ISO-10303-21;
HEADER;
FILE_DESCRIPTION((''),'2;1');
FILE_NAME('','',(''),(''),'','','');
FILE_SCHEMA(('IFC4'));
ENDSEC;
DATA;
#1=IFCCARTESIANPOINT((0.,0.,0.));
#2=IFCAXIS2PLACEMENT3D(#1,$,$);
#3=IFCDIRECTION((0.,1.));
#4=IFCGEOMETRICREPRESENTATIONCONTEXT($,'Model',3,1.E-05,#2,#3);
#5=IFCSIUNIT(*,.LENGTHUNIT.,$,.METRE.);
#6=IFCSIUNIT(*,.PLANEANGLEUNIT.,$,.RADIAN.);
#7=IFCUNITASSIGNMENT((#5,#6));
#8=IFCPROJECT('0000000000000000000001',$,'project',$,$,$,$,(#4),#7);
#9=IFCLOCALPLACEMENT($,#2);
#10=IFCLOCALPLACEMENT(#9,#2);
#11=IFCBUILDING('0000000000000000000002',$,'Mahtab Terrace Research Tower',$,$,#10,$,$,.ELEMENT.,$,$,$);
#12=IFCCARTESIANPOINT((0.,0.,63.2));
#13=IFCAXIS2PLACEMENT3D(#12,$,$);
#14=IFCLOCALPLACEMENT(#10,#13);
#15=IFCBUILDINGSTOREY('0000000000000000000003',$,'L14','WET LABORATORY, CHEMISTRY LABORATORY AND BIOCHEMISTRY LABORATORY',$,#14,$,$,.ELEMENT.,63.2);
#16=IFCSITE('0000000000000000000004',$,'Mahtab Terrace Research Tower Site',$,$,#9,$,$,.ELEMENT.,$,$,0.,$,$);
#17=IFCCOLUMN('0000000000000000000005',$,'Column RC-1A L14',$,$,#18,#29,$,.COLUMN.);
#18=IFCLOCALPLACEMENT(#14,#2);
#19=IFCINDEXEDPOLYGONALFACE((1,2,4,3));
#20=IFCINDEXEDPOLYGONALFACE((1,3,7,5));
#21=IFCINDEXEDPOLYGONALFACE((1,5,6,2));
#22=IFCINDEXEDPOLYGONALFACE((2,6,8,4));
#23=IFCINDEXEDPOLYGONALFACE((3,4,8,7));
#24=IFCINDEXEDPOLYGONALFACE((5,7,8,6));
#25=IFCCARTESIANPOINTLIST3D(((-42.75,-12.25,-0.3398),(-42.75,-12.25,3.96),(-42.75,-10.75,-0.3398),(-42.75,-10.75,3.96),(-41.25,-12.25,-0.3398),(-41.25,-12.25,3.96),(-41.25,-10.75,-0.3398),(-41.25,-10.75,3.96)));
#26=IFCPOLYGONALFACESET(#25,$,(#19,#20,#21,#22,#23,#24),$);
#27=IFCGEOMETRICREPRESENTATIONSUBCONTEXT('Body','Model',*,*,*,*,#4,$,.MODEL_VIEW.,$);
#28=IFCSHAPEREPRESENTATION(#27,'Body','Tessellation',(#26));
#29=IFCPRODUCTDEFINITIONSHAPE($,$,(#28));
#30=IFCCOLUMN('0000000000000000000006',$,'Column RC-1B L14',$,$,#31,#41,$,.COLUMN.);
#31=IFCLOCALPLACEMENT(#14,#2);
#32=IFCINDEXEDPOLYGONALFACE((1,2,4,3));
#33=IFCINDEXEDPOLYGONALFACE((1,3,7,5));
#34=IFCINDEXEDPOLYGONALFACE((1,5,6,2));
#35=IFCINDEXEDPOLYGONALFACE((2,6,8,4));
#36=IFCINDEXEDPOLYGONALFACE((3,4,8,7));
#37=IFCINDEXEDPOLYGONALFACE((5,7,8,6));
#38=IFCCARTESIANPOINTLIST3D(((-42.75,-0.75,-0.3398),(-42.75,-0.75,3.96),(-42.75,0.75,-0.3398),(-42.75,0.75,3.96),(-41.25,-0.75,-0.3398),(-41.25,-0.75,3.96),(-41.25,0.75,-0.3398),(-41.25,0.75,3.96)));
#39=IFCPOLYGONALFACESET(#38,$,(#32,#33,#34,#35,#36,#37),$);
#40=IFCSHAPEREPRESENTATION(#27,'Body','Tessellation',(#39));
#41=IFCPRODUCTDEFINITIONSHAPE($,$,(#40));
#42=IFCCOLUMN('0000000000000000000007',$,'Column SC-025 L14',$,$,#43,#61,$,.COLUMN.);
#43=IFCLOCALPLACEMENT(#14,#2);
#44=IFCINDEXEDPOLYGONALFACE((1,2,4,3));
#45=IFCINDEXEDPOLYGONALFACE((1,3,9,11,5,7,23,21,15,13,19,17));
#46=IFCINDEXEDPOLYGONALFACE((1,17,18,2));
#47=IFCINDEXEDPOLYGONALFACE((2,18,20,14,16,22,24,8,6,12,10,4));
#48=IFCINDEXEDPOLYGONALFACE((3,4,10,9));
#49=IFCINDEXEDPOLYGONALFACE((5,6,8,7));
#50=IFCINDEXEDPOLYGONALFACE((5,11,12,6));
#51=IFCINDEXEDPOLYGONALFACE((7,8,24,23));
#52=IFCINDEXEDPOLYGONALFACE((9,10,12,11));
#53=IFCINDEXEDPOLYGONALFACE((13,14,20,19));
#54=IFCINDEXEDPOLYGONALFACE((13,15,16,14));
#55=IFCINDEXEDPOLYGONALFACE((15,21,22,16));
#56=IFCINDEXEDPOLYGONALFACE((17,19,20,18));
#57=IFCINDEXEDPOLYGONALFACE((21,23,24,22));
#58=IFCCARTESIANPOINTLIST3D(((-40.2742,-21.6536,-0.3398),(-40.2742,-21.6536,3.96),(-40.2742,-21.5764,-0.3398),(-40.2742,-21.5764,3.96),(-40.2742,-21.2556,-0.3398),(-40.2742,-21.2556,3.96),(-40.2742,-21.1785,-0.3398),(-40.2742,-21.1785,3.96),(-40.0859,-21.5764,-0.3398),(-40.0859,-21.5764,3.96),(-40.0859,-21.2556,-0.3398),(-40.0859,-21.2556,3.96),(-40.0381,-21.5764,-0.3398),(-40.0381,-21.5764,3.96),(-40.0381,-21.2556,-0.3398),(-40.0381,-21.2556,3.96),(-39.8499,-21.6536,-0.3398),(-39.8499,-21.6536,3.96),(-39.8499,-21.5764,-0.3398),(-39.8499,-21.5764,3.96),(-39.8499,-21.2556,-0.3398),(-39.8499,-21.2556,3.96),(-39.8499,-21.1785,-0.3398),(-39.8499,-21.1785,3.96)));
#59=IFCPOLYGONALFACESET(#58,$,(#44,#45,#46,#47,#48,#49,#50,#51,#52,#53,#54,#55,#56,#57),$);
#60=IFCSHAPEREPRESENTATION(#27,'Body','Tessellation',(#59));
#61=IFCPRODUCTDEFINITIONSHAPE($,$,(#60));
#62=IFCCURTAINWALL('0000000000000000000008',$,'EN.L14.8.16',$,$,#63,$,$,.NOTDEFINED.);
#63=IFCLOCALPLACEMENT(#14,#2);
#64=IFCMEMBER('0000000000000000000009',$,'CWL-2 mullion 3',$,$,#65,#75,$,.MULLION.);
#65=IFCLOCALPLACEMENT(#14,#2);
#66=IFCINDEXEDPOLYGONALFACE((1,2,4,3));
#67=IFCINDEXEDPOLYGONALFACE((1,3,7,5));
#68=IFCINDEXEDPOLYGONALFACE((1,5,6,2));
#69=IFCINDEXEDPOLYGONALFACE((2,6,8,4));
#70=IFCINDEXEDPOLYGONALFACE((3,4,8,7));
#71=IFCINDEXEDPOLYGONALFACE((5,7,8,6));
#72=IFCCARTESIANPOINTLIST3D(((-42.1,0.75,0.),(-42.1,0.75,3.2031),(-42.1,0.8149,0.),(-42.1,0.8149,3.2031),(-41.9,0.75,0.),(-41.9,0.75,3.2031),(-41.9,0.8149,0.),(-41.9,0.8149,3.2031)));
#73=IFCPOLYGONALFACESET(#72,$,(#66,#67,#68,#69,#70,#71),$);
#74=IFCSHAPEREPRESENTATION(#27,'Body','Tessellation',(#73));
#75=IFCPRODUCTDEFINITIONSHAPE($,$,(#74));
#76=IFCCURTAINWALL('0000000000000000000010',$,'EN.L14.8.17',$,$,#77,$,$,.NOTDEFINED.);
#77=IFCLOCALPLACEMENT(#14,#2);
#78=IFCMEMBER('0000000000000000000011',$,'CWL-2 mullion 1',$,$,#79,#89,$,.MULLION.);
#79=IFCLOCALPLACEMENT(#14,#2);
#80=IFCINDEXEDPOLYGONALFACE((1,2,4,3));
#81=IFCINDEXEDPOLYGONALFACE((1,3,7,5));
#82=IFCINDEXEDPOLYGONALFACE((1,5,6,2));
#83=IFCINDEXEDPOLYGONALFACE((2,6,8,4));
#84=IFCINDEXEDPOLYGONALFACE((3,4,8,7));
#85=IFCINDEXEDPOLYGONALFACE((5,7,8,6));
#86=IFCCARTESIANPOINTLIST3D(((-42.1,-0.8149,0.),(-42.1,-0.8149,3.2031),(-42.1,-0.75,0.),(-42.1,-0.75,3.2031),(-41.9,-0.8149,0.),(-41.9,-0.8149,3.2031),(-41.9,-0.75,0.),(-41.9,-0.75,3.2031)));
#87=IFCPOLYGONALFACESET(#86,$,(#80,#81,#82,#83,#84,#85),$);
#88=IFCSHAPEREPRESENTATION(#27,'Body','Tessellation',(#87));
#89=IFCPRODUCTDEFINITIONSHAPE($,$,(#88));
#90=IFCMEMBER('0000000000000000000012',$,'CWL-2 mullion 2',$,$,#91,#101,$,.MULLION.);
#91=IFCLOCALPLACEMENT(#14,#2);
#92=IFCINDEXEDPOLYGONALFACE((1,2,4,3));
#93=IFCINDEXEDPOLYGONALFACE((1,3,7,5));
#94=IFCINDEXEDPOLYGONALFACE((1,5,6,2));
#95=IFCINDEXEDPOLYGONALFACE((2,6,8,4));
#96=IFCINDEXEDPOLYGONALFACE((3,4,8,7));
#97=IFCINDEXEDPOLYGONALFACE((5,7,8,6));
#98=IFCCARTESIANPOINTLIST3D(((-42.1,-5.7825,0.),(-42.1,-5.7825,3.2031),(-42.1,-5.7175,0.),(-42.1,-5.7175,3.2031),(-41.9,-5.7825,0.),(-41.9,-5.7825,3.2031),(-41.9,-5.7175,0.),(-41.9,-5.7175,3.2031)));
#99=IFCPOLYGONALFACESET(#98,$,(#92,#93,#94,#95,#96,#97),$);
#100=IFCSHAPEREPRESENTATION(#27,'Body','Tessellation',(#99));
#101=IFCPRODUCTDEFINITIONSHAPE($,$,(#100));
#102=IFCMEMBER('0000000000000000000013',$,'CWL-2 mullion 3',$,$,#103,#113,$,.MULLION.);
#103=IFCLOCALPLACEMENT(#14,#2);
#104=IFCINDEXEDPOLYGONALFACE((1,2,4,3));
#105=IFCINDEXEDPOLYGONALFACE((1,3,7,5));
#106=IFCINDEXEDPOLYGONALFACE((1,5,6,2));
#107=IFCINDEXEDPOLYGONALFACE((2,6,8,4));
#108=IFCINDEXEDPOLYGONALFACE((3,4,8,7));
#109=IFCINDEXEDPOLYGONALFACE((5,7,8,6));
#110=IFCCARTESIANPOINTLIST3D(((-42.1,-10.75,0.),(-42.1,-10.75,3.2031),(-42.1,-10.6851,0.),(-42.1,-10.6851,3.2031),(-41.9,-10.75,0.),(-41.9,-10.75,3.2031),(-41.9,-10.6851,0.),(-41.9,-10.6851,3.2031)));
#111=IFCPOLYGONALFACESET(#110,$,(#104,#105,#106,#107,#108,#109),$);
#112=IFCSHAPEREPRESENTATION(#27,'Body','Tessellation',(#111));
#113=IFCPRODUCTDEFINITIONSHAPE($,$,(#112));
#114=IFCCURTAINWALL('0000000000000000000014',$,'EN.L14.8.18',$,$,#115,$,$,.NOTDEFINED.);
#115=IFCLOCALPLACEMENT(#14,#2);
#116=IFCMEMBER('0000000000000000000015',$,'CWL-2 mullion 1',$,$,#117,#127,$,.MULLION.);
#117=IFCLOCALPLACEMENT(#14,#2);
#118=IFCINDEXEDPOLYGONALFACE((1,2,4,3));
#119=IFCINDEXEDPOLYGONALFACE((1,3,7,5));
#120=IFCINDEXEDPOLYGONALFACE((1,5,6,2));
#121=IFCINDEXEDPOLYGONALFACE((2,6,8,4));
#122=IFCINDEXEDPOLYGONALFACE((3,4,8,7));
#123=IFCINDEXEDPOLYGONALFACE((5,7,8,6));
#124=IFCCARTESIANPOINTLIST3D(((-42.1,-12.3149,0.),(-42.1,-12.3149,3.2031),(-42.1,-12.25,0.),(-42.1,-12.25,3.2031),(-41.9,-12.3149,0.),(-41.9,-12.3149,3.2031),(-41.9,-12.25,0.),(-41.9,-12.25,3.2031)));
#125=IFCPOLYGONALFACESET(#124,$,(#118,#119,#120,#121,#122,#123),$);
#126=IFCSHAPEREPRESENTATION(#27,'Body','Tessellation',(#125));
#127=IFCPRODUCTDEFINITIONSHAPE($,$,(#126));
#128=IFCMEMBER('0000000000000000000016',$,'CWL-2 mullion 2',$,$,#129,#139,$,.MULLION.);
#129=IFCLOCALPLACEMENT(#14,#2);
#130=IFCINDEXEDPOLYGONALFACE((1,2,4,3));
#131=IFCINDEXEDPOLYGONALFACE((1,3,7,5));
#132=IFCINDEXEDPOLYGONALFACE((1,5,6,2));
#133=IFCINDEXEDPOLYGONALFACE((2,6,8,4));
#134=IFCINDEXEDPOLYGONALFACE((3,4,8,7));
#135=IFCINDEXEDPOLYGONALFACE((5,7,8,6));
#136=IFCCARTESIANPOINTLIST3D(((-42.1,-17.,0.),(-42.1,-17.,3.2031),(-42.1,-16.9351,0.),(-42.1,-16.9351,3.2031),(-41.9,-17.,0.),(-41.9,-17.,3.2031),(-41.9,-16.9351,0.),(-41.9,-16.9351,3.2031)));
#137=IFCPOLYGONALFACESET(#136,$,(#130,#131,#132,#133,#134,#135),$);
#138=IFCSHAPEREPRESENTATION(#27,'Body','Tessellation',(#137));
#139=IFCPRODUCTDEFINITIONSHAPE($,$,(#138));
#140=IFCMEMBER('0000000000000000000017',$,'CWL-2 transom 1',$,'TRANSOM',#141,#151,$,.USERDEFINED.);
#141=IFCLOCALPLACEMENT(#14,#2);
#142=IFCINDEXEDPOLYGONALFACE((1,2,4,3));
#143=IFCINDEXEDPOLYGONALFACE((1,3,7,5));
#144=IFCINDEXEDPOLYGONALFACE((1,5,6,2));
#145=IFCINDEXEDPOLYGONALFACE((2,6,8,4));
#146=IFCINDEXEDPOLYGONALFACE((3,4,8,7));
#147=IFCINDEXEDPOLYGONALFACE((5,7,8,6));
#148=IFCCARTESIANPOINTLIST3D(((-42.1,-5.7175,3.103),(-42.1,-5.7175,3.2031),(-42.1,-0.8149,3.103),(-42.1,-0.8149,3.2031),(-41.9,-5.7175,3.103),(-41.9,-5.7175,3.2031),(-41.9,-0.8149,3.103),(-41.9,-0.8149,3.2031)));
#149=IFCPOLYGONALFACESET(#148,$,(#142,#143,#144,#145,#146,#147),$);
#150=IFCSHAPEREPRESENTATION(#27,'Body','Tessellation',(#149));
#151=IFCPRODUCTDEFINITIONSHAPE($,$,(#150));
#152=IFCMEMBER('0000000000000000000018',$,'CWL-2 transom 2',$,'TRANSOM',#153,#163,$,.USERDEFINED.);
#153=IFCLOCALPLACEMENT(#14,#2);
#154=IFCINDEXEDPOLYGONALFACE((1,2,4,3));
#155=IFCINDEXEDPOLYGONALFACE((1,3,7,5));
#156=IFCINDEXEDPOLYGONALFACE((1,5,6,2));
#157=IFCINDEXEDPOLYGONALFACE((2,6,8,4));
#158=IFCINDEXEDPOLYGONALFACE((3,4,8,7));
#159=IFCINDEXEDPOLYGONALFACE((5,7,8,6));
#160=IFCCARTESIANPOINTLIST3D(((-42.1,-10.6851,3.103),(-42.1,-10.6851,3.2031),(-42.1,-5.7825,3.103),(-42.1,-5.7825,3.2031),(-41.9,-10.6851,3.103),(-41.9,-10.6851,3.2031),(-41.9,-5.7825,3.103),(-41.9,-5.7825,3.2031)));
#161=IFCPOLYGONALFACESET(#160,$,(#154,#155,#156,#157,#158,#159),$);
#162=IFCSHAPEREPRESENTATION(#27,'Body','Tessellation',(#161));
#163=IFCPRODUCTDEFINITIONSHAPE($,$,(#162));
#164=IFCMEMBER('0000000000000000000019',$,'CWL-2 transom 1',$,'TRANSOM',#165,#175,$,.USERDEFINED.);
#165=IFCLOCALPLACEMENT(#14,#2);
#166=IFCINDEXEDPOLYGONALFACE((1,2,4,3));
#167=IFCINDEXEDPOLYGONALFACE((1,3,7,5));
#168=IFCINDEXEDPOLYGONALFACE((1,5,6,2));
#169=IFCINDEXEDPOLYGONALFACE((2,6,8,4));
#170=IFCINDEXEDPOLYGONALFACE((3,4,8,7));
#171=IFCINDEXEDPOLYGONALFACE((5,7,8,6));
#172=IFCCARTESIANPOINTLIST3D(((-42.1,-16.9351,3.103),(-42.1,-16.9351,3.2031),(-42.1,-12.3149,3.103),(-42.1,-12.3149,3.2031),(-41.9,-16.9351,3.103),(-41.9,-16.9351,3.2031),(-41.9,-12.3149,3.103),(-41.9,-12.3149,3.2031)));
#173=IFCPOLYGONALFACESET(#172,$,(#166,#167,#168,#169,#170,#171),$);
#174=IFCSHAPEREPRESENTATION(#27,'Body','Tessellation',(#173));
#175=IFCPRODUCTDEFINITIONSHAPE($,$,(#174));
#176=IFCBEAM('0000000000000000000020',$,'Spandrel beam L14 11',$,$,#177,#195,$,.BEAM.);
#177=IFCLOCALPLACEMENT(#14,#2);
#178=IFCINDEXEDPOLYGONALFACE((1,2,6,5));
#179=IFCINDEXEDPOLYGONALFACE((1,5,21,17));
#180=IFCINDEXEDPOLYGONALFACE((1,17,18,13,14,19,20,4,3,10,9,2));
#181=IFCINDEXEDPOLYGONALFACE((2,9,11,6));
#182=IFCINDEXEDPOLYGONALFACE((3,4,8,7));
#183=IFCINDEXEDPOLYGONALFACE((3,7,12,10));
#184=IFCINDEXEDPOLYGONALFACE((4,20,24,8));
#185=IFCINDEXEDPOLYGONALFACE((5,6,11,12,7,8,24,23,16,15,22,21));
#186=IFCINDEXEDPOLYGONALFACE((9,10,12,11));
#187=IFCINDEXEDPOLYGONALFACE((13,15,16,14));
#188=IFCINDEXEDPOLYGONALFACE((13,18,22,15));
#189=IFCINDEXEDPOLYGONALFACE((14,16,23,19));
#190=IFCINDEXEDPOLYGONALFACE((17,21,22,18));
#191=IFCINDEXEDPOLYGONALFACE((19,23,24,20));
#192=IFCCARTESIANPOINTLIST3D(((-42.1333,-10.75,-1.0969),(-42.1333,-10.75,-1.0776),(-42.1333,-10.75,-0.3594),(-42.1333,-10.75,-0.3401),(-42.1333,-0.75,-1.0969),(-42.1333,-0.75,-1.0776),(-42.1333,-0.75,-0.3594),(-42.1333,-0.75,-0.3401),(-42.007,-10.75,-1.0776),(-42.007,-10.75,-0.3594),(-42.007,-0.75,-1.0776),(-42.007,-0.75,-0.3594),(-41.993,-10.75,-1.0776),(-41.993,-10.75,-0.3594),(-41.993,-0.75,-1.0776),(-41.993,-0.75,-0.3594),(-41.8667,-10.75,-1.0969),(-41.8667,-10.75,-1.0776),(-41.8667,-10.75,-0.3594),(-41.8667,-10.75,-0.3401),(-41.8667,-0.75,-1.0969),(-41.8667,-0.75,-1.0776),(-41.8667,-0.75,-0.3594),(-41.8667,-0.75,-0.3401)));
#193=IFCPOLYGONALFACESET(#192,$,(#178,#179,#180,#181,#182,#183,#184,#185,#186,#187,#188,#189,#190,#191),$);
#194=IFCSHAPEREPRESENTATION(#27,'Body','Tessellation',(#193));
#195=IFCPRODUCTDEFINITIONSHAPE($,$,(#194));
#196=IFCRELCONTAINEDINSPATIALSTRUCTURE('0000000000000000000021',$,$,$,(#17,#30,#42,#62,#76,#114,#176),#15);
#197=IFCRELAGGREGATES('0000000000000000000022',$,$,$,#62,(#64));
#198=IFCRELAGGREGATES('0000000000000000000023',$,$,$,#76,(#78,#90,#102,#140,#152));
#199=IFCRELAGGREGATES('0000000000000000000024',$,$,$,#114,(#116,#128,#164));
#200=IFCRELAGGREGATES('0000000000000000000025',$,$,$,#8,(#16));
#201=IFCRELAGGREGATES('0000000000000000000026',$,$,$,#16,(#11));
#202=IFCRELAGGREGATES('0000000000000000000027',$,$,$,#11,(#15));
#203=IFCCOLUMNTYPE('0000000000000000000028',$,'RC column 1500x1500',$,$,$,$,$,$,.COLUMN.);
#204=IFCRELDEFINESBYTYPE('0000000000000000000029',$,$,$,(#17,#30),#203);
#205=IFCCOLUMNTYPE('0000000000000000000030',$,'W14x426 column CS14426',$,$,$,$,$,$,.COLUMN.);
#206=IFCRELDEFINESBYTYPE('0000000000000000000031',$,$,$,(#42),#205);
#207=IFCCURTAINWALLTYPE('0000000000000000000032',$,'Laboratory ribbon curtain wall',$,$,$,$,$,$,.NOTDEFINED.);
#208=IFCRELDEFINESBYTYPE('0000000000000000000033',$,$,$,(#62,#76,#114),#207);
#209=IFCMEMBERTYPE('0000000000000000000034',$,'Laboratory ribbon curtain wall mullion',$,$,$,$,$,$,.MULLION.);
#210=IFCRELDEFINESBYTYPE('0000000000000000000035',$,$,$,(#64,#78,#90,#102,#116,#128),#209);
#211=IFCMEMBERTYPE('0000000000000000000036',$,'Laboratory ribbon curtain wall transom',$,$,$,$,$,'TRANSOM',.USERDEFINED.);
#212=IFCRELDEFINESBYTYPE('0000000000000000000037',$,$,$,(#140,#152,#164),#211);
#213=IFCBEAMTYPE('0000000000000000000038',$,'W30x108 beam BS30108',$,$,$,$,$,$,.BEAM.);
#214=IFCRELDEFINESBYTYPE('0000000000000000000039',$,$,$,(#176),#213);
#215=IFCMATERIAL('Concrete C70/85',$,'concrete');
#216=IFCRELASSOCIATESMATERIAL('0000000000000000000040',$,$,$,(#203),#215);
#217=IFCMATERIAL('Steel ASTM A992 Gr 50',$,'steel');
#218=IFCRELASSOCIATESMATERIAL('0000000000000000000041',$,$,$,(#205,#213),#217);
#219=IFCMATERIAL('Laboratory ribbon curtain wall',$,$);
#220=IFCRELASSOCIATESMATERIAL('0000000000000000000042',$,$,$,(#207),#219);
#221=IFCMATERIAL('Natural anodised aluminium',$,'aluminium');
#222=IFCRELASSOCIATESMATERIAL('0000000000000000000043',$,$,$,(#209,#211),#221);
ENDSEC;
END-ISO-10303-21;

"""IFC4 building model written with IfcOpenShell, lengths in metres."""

from ifc_helpers import new_model, si_unit, direction, frame, origin, origin_2d, place, context, subcontext, project, spatial, rectangle, i_section, extrude, material, material_profile, profile_set, type_object, element, aggregate, save


model = new_model("IFC4")

# Units and contexts
model_context = context("Model", 3, precision=1e-05, world=origin(), true_north=direction((0.0, 1.0)))
body_context = subcontext(model_context, "Body", "Model", "MODEL_VIEW")
ifc_project = project(units=[si_unit("LENGTHUNIT", "METRE"), si_unit("PLANEANGLEUNIT", "RADIAN")], contexts=[model_context])

# Site, building, storey
site_placement = place(None, origin())
site = spatial("IfcSite", under=ifc_project, at=site_placement, Name="Mahtab Terrace Research Tower Site", CompositionType="ELEMENT", RefElevation=0.0)
building_placement = place(site_placement, origin())
building = spatial("IfcBuilding", under=site, at=building_placement, Name="Mahtab Terrace Research Tower", CompositionType="ELEMENT")
storey_placement = place(building_placement, frame((0.0, 0.0, 63.2)))
storey = spatial("IfcBuildingStorey", under=building, at=storey_placement, Name="L14", Description="WET LABORATORY, CHEMISTRY LABORATORY AND BIOCHEMISTRY LABORATORY", CompositionType="ELEMENT", Elevation=63.2)

# Columns
ifc_material_1 = material(Name="Concrete C70/85", Category="concrete")
ifc_material_profile_1 = material_profile(ifc_material_1, rectangle(XDim=1.5, YDim=1.5, at=origin_2d()), Name="RC column 1500x1500")
ifc_profile_set_1 = profile_set([ifc_material_profile_1], Name="Concrete C70/85")
column_type_1 = type_object("IfcColumnType", Name="RC column 1500x1500", PredefinedType="COLUMN", material=ifc_profile_set_1)
for number, where, z_axis, x_axis, name in (
    (1, (-42.0, -11.5, -0.3398), (0.0, 0.0, 1.0), (1.0, 0.0, 0.0), "Column RC-1A L14"),
    (2, (-42.0, 0.0, -0.3398), (0.0, 0.0, 1.0), (1.0, 0.0, 0.0), "Column RC-1B L14"),
):
    element("IfcColumn", number, at=place(storey_placement, frame(where, z_axis=z_axis, x_axis=x_axis)), inside=storey, type_object=column_type_1, Name=name, PredefinedType="COLUMN", context=body_context, shape_type="SweptSolid", body=[
        extrude(rectangle(XDim=1.5, YDim=1.5, at=origin_2d()), origin(), (0.0, 0.0, 1.0), 4.2998),
    ])
ifc_material_2 = material(Name="Steel ASTM A992 Gr 50", Category="steel")
ifc_material_profile_2 = material_profile(ifc_material_2, i_section(OverallWidth=0.4243, OverallDepth=0.4751, WebThickness=0.0479, FlangeThickness=0.0771, at=origin_2d()), Name="W14X426")
ifc_profile_set_2 = profile_set([ifc_material_profile_2], Name="Steel ASTM A992 Gr 50")
column_type_2 = type_object("IfcColumnType", Name="W14x426 column CS14426", PredefinedType="COLUMN", material=ifc_profile_set_2)
column_placement = place(storey_placement, frame((-40.062, -21.416, -0.3398), z_axis=(0.0, 0.0, 1.0), x_axis=(1.0, 0.0, 0.0)))
element("IfcColumn", 3, at=column_placement, inside=storey, type_object=column_type_2, Name="Column SC-025 L14", PredefinedType="COLUMN", context=body_context, shape_type="SweptSolid", body=[
    extrude(i_section(OverallWidth=0.4243, OverallDepth=0.4751, WebThickness=0.0479, FlangeThickness=0.0771, at=origin_2d()), origin(), (0.0, 0.0, 1.0), 4.2998),
])

# Curtain wall, member
ifc_material_3 = material(Name="Laboratory ribbon curtain wall")
curtain_wall_type = type_object("IfcCurtainWallType", Name="Laboratory ribbon curtain wall", PredefinedType="NOTDEFINED", material=ifc_material_3)
curtain_wall_1_placement = place(storey_placement, origin())
curtain_wall_1 = element("IfcCurtainWall", 4, at=curtain_wall_1_placement, inside=storey, type_object=curtain_wall_type, Name="EN.L14.8.16", PredefinedType="NOTDEFINED")
ifc_material_4 = material(Name="Natural anodised aluminium", Category="aluminium")
ifc_material_profile_3 = material_profile(ifc_material_4, rectangle(XDim=0.2, YDim=0.0649, at=origin_2d()), Name="MULLION 65x200")
ifc_profile_set_3 = profile_set([ifc_material_profile_3], Name="Natural anodised aluminium")
member_type_1 = type_object("IfcMemberType", Name="Laboratory ribbon curtain wall mullion", PredefinedType="MULLION", material=ifc_profile_set_3)
member_1_placement = place(storey_placement, frame((-42.0, 0.7825, 0.0), z_axis=(0.0, 0.0, 1.0), x_axis=(1.0, 0.0, 0.0)))
member_1 = element("IfcMember", 5, at=member_1_placement, type_object=member_type_1, Name="CWL-2 mullion 3", PredefinedType="MULLION", context=body_context, shape_type="SweptSolid", body=[
    extrude(rectangle(XDim=0.2, YDim=0.0649, at=origin_2d()), origin(), (0.0, 0.0, 1.0), 3.2031),
])
aggregate(curtain_wall_1, [member_1])

# Curtain walls, members
curtain_wall_2_placement = place(storey_placement, origin())
curtain_wall_2 = element("IfcCurtainWall", 6, at=curtain_wall_2_placement, inside=storey, type_object=curtain_wall_type, Name="EN.L14.8.17", PredefinedType="NOTDEFINED")
member_2_placement = place(storey_placement, frame((-42.0, -0.7825, 0.0), z_axis=(0.0, 0.0, 1.0), x_axis=(1.0, 0.0, 0.0)))
member_2 = element("IfcMember", 7, at=member_2_placement, type_object=member_type_1, Name="CWL-2 mullion 1", PredefinedType="MULLION", context=body_context, shape_type="SweptSolid", body=[
    extrude(rectangle(XDim=0.2, YDim=0.0649, at=origin_2d()), origin(), (0.0, 0.0, 1.0), 3.2031),
])
member_3_placement = place(storey_placement, frame((-42.0, -5.75, 0.0), z_axis=(0.0, 0.0, 1.0), x_axis=(1.0, 0.0, 0.0)))
member_3 = element("IfcMember", 8, at=member_3_placement, type_object=member_type_1, Name="CWL-2 mullion 2", PredefinedType="MULLION", context=body_context, shape_type="SweptSolid", body=[
    extrude(rectangle(XDim=0.2, YDim=0.0649, at=origin_2d()), origin(), (0.0, 0.0, 1.0), 3.2031),
])
member_4_placement = place(storey_placement, frame((-42.0, -10.7175, 0.0), z_axis=(0.0, 0.0, 1.0), x_axis=(1.0, 0.0, 0.0)))
member_4 = element("IfcMember", 9, at=member_4_placement, type_object=member_type_1, Name="CWL-2 mullion 3", PredefinedType="MULLION", context=body_context, shape_type="SweptSolid", body=[
    extrude(rectangle(XDim=0.2, YDim=0.0649, at=origin_2d()), origin(), (0.0, 0.0, 1.0), 3.2031),
])
curtain_wall_3_placement = place(storey_placement, origin())
curtain_wall_3 = element("IfcCurtainWall", 10, at=curtain_wall_3_placement, inside=storey, type_object=curtain_wall_type, Name="EN.L14.8.18", PredefinedType="NOTDEFINED")
member_5_placement = place(storey_placement, frame((-42.0, -12.2825, 0.0), z_axis=(0.0, 0.0, 1.0), x_axis=(1.0, 0.0, 0.0)))
member_5 = element("IfcMember", 11, at=member_5_placement, type_object=member_type_1, Name="CWL-2 mullion 1", PredefinedType="MULLION", context=body_context, shape_type="SweptSolid", body=[
    extrude(rectangle(XDim=0.2, YDim=0.0649, at=origin_2d()), origin(), (0.0, 0.0, 1.0), 3.2031),
])
member_6_placement = place(storey_placement, frame((-42.0, -16.9675, 0.0), z_axis=(0.0, 0.0, 1.0), x_axis=(1.0, 0.0, 0.0)))
member_6 = element("IfcMember", 12, at=member_6_placement, type_object=member_type_1, Name="CWL-2 mullion 2", PredefinedType="MULLION", context=body_context, shape_type="SweptSolid", body=[
    extrude(rectangle(XDim=0.2, YDim=0.0649, at=origin_2d()), origin(), (0.0, 0.0, 1.0), 3.2031),
])

# Members
ifc_material_profile_4 = material_profile(ifc_material_4, rectangle(XDim=0.2, YDim=0.1001, at=origin_2d()), Name="TRANSOM 100x200")
ifc_profile_set_4 = profile_set([ifc_material_profile_4], Name="Natural anodised aluminium")
member_type_2 = type_object("IfcMemberType", Name="Laboratory ribbon curtain wall transom", ElementType="TRANSOM", PredefinedType="USERDEFINED", material=ifc_profile_set_4)
member_7_placement = place(storey_placement, frame((-42.0, -0.8149, 3.1531), z_axis=(0.0, -1.0, 0.0), x_axis=(1.0, 0.0, 0.0)))
member_7 = element("IfcMember", 13, at=member_7_placement, type_object=member_type_2, Name="CWL-2 transom 1", ObjectType="TRANSOM", PredefinedType="USERDEFINED", context=body_context, shape_type="SweptSolid", body=[
    extrude(rectangle(XDim=0.2, YDim=0.1001, at=origin_2d()), origin(), (0.0, 0.0, 1.0), 4.9026),
])
member_8_placement = place(storey_placement, frame((-42.0, -5.7825, 3.1531), z_axis=(0.0, -1.0, 0.0), x_axis=(1.0, 0.0, 0.0)))
member_8 = element("IfcMember", 14, at=member_8_placement, type_object=member_type_2, Name="CWL-2 transom 2", ObjectType="TRANSOM", PredefinedType="USERDEFINED", context=body_context, shape_type="SweptSolid", body=[
    extrude(rectangle(XDim=0.2, YDim=0.1001, at=origin_2d()), origin(), (0.0, 0.0, 1.0), 4.9026),
])
member_9_placement = place(storey_placement, frame((-42.0, -12.3149, 3.1531), z_axis=(0.0, -1.0, 0.0), x_axis=(1.0, 0.0, 0.0)))
member_9 = element("IfcMember", 15, at=member_9_placement, type_object=member_type_2, Name="CWL-2 transom 1", ObjectType="TRANSOM", PredefinedType="USERDEFINED", context=body_context, shape_type="SweptSolid", body=[
    extrude(rectangle(XDim=0.2, YDim=0.1001, at=origin_2d()), origin(), (0.0, 0.0, 1.0), 4.6201),
])

# Beam
ifc_material_profile_5 = material_profile(ifc_material_2, i_section(OverallWidth=0.2666, OverallDepth=0.7568, WebThickness=0.0139, FlangeThickness=0.0193, at=origin_2d()), Name="W30X108")
ifc_profile_set_5 = profile_set([ifc_material_profile_5], Name="Steel ASTM A992 Gr 50")
beam_type = type_object("IfcBeamType", Name="W30x108 beam BS30108", PredefinedType="BEAM", material=ifc_profile_set_5)
beam_1_placement = place(storey_placement, frame((-42.0, -0.75, -0.7185), z_axis=(0.0, -1.0, 0.0), x_axis=(1.0, 0.0, 0.0)))
element("IfcBeam", 16, at=beam_1_placement, inside=storey, type_object=beam_type, Name="Spandrel beam L14 11", PredefinedType="BEAM", context=body_context, shape_type="SweptSolid", body=[
    extrude(i_section(OverallWidth=0.2666, OverallDepth=0.7568, WebThickness=0.0139, FlangeThickness=0.0193, at=origin_2d()), origin(), (0.0, 0.0, 1.0), 10.0),
])

aggregate(curtain_wall_2, [member_2, member_3, member_4, member_7, member_8])
aggregate(curtain_wall_3, [member_5, member_6, member_9])

save(model, "model.ifc")
